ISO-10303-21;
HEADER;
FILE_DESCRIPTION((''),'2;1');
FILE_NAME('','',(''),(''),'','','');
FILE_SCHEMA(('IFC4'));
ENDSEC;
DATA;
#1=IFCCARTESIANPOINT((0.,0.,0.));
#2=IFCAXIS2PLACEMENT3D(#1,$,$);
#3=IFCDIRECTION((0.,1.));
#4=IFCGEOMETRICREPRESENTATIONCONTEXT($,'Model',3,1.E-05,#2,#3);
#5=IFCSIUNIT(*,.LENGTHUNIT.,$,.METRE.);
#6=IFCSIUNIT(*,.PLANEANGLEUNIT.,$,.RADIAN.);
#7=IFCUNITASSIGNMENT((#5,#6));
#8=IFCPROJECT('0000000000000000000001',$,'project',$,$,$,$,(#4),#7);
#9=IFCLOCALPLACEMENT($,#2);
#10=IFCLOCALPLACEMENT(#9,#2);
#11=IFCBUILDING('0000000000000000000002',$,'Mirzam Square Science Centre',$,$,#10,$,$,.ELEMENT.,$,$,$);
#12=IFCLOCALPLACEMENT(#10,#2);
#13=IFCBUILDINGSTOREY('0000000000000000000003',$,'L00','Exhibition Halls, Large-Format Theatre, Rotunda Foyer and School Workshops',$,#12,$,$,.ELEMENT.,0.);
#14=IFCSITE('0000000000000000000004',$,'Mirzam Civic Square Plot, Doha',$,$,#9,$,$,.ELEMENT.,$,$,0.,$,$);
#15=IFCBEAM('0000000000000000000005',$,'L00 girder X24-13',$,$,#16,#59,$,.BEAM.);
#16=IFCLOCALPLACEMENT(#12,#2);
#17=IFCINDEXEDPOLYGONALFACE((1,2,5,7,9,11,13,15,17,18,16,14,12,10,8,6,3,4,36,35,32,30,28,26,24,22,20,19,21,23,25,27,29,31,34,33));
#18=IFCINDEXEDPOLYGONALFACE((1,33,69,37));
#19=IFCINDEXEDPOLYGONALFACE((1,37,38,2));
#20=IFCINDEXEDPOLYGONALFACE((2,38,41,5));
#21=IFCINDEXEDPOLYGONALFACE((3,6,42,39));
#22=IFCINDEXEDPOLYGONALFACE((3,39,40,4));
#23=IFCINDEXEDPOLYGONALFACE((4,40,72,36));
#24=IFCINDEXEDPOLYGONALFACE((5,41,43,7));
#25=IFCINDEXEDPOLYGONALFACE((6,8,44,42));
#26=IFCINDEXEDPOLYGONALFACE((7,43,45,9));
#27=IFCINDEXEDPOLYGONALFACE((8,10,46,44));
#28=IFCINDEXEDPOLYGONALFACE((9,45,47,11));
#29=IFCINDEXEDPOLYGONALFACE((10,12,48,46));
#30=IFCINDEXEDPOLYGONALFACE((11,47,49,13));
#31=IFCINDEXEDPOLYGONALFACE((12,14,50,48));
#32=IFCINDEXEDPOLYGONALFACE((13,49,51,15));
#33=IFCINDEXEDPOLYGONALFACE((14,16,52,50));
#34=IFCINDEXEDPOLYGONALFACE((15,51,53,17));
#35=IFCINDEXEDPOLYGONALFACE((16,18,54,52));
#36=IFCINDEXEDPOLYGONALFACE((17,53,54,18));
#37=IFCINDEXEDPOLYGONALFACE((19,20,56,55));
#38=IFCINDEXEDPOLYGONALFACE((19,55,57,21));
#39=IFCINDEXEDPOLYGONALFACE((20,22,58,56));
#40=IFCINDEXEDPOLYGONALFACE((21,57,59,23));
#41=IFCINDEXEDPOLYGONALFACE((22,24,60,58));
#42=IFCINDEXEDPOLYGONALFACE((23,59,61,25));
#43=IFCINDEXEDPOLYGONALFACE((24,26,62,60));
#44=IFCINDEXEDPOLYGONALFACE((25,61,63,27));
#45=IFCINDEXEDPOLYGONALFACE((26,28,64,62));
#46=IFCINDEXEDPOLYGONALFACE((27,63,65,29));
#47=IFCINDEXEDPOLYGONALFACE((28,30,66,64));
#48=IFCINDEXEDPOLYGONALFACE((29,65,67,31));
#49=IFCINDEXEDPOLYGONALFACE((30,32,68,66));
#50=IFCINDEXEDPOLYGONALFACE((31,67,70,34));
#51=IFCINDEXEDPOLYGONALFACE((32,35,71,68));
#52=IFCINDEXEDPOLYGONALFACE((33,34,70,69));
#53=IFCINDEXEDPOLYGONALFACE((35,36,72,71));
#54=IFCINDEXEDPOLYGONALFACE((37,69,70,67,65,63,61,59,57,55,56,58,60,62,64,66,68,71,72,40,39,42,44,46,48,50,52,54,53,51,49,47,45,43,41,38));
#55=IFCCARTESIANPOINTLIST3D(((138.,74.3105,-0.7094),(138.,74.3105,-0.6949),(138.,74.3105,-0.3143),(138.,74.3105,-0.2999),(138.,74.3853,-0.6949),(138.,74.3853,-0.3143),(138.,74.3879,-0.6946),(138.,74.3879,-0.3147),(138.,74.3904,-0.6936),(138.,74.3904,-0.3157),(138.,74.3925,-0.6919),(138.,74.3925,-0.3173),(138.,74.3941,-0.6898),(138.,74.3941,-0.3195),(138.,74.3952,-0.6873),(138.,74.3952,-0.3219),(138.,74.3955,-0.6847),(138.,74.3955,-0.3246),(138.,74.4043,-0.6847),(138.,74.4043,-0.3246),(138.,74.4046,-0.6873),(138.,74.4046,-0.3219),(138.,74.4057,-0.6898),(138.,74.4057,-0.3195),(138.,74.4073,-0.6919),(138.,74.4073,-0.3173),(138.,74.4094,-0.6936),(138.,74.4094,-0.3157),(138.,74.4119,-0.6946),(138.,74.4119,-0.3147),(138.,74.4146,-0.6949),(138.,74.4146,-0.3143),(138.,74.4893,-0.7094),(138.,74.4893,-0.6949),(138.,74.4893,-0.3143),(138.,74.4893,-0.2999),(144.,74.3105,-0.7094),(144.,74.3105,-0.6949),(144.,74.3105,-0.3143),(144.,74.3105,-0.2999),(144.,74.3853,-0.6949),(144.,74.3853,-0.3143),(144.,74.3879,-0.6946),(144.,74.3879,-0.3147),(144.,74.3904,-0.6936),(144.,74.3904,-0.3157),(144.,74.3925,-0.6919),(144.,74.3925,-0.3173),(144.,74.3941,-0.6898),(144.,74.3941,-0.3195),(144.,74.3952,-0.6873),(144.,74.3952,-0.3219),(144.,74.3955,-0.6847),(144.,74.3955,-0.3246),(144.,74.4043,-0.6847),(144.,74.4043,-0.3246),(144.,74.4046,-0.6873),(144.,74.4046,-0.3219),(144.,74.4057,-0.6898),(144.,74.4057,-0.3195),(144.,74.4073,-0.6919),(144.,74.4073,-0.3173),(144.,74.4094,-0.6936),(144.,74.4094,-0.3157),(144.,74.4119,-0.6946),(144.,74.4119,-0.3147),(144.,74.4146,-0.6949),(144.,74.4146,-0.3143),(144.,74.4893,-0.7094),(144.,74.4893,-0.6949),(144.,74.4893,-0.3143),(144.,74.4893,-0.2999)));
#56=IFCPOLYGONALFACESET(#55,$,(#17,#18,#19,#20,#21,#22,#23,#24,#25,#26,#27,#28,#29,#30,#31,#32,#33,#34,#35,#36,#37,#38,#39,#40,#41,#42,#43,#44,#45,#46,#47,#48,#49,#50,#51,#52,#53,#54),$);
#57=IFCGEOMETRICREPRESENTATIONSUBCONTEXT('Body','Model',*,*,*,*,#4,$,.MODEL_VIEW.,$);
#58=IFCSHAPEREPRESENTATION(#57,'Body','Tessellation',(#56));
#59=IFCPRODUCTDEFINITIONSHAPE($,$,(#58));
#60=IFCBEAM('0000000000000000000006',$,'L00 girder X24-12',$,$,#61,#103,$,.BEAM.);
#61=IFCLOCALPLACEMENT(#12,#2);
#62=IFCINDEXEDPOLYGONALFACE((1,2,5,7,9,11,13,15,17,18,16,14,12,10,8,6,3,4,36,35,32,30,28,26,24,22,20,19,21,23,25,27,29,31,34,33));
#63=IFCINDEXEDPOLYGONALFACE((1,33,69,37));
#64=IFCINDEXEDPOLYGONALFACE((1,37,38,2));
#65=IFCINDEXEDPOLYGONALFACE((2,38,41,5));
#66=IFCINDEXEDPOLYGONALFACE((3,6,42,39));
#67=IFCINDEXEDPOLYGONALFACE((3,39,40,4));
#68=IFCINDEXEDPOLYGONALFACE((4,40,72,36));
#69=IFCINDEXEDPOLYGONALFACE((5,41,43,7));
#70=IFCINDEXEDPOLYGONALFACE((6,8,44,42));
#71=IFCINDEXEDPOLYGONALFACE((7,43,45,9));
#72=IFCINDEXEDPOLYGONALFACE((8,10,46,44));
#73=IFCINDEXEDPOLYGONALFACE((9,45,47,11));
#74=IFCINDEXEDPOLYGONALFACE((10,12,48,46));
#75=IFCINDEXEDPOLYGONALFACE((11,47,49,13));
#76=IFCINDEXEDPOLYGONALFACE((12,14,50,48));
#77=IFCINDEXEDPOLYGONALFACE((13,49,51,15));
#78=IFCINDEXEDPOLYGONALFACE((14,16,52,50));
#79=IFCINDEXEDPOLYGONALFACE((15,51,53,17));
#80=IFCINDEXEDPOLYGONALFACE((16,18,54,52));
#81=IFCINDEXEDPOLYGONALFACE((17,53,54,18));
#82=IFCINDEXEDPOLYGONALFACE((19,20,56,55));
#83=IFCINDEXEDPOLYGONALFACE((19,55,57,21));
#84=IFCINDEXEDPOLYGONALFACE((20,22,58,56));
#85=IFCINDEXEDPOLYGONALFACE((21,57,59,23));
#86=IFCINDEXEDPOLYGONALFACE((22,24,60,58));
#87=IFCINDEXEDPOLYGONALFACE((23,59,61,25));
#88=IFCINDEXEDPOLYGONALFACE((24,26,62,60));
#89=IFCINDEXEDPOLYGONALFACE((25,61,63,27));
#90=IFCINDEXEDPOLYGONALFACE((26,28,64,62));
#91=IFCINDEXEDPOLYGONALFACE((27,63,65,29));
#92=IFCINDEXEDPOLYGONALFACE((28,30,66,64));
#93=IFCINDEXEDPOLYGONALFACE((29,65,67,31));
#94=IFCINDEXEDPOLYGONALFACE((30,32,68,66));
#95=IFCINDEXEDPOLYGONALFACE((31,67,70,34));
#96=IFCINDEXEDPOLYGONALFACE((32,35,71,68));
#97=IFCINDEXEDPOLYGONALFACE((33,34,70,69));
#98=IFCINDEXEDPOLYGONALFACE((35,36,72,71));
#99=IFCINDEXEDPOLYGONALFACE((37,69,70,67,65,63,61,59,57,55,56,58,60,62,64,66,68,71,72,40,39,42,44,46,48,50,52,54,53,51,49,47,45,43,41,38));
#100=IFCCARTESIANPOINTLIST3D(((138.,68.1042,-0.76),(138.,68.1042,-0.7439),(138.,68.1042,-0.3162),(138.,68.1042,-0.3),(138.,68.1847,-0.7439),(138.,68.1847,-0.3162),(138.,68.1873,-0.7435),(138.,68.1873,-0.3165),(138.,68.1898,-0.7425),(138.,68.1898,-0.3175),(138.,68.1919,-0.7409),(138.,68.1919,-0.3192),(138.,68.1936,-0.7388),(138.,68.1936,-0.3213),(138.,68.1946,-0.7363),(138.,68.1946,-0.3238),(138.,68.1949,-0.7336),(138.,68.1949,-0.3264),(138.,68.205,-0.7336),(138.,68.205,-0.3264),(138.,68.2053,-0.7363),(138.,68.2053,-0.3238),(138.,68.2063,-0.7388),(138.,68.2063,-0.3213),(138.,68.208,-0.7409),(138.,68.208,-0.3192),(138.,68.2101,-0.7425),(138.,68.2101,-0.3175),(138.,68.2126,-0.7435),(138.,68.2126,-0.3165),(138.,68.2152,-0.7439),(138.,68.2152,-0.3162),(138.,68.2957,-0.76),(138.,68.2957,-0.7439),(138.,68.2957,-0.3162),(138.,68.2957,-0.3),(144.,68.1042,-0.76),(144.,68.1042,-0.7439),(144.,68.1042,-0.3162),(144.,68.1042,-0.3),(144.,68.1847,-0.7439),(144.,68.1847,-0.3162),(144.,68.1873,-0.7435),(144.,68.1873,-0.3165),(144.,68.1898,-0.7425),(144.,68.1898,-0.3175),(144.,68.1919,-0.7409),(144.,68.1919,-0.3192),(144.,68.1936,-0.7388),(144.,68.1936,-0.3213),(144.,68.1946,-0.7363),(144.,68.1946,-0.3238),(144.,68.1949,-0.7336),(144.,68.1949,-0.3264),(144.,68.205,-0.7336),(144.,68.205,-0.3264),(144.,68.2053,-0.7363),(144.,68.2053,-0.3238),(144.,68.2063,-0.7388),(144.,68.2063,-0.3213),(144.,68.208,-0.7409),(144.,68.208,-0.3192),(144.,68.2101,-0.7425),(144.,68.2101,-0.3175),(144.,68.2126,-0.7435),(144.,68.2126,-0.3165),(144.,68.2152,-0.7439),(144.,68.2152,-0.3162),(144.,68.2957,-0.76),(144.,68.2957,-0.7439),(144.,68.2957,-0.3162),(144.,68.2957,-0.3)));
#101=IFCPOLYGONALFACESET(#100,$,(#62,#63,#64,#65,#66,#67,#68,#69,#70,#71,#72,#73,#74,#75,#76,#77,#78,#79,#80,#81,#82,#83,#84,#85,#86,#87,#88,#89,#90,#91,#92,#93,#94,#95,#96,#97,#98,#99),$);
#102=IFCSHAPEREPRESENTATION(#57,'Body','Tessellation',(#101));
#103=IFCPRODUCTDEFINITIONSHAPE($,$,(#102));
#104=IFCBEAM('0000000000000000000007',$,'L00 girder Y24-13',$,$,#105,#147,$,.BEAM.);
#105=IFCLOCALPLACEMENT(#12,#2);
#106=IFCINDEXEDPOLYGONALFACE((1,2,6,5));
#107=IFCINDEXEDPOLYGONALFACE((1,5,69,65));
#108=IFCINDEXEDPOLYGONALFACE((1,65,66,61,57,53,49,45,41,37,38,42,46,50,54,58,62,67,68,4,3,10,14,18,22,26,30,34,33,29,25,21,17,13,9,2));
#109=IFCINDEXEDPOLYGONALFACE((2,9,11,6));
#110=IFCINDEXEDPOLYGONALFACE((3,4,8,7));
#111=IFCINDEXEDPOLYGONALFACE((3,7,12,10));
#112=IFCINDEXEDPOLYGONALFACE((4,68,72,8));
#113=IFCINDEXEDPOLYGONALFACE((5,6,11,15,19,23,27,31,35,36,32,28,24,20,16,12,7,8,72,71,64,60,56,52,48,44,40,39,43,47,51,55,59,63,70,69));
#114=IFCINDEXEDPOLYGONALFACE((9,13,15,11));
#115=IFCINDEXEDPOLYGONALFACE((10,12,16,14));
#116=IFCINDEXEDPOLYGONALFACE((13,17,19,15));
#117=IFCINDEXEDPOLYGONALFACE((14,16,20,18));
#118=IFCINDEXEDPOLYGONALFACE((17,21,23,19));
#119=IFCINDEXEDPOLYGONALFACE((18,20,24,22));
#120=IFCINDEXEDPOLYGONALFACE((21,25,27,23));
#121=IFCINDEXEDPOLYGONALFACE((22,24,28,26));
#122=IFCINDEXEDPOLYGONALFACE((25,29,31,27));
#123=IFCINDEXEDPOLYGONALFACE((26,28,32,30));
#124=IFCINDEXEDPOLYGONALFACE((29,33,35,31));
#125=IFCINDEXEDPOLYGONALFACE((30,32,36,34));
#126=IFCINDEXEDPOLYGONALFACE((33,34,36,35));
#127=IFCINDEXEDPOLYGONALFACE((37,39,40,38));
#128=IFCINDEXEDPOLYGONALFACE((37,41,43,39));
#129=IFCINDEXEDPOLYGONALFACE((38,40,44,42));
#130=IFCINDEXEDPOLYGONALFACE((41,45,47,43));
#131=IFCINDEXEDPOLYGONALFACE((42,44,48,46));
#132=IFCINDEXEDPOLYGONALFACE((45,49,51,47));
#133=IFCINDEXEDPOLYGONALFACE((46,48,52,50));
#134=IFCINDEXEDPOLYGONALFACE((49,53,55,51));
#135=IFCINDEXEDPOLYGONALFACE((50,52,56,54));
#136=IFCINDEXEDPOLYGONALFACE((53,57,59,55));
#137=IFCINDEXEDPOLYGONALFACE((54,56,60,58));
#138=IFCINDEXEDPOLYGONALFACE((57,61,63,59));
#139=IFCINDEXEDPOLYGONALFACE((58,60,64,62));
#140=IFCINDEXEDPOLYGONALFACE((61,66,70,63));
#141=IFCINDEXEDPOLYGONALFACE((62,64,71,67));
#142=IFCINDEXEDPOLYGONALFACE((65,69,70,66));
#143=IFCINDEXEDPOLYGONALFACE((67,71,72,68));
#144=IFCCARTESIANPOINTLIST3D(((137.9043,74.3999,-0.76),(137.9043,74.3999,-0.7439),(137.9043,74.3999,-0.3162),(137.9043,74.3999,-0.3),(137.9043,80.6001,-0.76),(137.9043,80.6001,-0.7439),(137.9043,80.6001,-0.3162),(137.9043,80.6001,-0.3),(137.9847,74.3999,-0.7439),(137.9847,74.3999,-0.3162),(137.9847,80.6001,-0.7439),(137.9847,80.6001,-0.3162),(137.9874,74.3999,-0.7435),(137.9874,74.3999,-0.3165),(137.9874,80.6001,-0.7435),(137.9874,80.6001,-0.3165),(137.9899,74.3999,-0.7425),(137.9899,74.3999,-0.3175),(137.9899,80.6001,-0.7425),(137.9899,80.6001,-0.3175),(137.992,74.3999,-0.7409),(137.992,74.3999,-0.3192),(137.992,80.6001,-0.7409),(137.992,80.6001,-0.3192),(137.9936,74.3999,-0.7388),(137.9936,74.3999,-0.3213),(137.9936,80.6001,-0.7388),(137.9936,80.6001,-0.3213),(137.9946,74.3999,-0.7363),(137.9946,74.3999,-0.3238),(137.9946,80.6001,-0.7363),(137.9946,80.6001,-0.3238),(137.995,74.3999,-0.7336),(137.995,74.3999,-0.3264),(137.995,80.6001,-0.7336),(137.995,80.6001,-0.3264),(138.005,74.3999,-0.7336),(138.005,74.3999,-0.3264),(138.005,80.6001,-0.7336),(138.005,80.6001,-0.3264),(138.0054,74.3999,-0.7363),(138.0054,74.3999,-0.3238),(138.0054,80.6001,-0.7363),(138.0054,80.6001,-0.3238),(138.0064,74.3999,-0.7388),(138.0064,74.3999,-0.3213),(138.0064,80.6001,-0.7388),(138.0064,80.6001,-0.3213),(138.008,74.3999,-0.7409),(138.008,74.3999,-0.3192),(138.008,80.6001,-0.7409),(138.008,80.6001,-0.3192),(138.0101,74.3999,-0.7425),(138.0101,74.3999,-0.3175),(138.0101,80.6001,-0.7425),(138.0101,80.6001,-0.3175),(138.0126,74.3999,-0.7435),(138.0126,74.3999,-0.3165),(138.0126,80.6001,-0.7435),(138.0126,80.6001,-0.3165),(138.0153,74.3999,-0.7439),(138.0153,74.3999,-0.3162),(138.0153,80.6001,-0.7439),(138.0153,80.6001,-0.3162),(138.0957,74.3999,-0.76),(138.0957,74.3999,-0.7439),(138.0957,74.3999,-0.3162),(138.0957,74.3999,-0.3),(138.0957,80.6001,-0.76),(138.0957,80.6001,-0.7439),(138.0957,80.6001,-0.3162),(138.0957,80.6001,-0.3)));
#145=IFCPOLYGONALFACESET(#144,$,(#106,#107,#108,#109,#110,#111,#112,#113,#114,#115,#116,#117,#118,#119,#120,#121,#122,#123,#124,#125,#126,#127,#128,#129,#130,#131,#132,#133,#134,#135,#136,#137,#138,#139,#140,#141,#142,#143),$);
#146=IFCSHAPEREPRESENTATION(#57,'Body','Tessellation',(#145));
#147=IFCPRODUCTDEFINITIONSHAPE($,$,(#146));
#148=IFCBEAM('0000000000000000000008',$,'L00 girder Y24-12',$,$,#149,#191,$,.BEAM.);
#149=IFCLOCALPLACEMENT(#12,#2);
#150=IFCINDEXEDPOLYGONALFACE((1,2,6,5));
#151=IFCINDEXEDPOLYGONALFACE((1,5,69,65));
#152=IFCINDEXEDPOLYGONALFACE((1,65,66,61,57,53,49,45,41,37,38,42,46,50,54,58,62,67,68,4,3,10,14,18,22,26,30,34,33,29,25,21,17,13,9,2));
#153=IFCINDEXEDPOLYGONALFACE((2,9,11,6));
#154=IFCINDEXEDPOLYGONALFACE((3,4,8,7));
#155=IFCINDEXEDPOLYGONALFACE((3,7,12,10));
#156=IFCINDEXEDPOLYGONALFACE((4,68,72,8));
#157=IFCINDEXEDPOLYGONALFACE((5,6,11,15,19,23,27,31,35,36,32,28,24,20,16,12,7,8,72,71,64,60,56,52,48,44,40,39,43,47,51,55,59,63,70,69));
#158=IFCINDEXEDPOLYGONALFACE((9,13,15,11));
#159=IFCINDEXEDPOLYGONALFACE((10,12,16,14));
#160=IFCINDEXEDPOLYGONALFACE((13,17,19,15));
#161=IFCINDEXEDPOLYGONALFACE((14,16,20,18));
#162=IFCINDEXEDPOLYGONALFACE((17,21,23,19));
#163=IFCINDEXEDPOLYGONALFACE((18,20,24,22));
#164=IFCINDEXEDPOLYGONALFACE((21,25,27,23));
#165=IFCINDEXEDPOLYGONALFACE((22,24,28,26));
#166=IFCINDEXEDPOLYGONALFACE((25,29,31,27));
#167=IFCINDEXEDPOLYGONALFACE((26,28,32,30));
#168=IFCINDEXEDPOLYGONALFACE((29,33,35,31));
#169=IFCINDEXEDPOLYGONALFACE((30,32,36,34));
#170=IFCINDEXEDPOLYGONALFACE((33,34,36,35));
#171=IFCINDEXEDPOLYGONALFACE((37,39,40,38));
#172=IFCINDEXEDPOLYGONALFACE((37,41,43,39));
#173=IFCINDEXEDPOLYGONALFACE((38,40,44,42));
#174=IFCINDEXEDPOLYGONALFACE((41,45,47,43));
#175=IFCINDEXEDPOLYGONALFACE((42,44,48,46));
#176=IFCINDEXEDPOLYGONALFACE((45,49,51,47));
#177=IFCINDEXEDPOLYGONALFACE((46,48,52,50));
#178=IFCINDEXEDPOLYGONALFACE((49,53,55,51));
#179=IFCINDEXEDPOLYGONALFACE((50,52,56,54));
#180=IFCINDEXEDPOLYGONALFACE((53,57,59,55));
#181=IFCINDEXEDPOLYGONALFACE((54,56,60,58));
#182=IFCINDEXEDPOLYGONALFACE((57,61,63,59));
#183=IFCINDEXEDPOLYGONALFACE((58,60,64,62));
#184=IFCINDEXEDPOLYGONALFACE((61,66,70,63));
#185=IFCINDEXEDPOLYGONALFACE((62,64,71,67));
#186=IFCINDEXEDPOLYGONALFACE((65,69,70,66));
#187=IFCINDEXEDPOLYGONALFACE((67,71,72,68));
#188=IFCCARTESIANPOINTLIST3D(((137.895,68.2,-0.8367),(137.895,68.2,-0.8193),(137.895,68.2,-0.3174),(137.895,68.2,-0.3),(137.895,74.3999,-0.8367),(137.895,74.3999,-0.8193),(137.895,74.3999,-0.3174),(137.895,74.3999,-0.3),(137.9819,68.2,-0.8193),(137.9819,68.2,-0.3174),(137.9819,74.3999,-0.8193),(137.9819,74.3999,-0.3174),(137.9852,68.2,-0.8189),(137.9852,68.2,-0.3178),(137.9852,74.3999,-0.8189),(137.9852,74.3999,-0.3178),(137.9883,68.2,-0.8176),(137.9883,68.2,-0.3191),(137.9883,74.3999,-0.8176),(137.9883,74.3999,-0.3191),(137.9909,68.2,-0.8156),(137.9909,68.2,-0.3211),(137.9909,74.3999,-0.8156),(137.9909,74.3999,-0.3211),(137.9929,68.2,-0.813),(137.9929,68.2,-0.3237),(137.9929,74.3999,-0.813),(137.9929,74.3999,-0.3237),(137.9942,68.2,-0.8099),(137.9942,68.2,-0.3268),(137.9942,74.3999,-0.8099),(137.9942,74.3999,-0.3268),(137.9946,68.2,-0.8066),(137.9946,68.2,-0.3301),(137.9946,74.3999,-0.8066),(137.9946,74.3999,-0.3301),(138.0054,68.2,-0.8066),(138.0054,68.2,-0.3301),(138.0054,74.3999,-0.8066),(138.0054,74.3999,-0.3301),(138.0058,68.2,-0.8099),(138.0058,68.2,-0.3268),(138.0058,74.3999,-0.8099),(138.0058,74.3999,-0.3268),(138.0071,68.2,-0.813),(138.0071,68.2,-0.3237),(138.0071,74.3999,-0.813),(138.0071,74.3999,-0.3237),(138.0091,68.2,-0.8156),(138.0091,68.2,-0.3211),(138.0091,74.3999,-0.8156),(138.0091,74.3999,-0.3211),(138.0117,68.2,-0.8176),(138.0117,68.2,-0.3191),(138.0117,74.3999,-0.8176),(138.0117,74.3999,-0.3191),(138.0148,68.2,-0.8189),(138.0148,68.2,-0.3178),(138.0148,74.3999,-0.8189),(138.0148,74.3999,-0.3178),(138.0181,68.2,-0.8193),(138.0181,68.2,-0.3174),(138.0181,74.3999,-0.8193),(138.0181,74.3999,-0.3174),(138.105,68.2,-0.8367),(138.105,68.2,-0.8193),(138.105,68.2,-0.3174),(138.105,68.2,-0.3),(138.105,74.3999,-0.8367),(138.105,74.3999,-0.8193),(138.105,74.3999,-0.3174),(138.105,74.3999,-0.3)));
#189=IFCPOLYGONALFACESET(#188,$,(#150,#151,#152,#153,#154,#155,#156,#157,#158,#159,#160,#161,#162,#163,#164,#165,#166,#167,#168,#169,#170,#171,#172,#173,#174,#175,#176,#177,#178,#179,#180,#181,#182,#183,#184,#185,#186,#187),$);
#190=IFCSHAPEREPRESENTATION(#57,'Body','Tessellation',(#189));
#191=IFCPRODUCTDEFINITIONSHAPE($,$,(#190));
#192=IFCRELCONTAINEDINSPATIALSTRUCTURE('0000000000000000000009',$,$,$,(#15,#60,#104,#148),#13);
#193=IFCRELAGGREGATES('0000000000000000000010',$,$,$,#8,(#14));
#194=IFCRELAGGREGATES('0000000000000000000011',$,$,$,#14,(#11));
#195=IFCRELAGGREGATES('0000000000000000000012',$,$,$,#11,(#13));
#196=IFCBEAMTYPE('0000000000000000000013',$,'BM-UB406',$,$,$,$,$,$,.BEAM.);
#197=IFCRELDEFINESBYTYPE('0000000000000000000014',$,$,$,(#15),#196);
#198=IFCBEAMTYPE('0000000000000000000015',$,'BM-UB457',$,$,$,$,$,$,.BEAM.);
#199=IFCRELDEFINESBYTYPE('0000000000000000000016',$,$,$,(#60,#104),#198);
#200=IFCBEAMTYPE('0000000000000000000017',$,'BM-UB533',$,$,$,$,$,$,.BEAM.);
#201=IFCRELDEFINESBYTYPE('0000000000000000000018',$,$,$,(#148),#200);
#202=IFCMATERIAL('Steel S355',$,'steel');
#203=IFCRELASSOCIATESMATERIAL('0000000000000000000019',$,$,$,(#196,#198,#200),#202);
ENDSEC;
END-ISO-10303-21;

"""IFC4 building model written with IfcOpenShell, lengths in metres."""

from ifc_helpers import new_model, si_unit, direction, frame, origin, origin_2d, place, context, subcontext, project, spatial, i_section, extrude, material, material_profile, profile_set, type_object, element, save


model = new_model("IFC4")

# Units and contexts
model_context = context("Model", 3, precision=1e-05, world=origin(), true_north=direction((0.0, 1.0)))
body_context = subcontext(model_context, "Body", "Model", "MODEL_VIEW")
ifc_project = project(units=[si_unit("LENGTHUNIT", "METRE"), si_unit("PLANEANGLEUNIT", "RADIAN")], contexts=[model_context])

# Site, building, storey
site_placement = place(None, origin())
site = spatial("IfcSite", under=ifc_project, at=site_placement, Name="Mirzam Civic Square Plot, Doha", CompositionType="ELEMENT", RefElevation=0.0)
building_placement = place(site_placement, origin())
building = spatial("IfcBuilding", under=site, at=building_placement, Name="Mirzam Square Science Centre", CompositionType="ELEMENT")
storey_placement = place(building_placement, origin())
storey = spatial("IfcBuildingStorey", under=building, at=storey_placement, Name="L00", Description="Exhibition Halls, Large-Format Theatre, Rotunda Foyer and School Workshops", CompositionType="ELEMENT", Elevation=0.0)

# Shared definitions
ifc_material_1 = material(Name="Steel S355", Category="steel")

# Beams
ifc_material_profile_1 = material_profile(ifc_material_1, i_section(OverallWidth=0.1787, OverallDepth=0.4094, WebThickness=0.0088, FlangeThickness=0.0144, FilletRadius=0.0103, at=origin_2d()), Name="406x178x67UB")
ifc_profile_set_1 = profile_set([ifc_material_profile_1], Name="Steel S355")
beam_type_1 = type_object("IfcBeamType", Name="BM-UB406", PredefinedType="BEAM", material=ifc_profile_set_1)
beam_1_placement = place(storey_placement, frame((138.0, 74.3999, -0.5046), z_axis=(1.0, 0.0, 0.0), x_axis=(0.0, 1.0, 0.0)))
element("IfcBeam", 1, at=beam_1_placement, inside=storey, type_object=beam_type_1, Name="L00 girder X24-13", PredefinedType="BEAM", context=body_context, shape_type="SweptSolid", body=[
    extrude(i_section(OverallWidth=0.1787, OverallDepth=0.4094, WebThickness=0.0088, FlangeThickness=0.0144, FilletRadius=0.0103, at=origin_2d()), origin(), (0.0, 0.0, 1.0), 6.0),
])
ifc_material_profile_2 = material_profile(ifc_material_1, i_section(OverallWidth=0.1914, OverallDepth=0.46, WebThickness=0.01, FlangeThickness=0.0161, FilletRadius=0.0103, at=origin_2d()), Name="457x191x82UB")
ifc_profile_set_2 = profile_set([ifc_material_profile_2], Name="Steel S355")
beam_type_2 = type_object("IfcBeamType", Name="BM-UB457", PredefinedType="BEAM", material=ifc_profile_set_2)
beam_2_placement = place(storey_placement, frame((138.0, 68.2, -0.53), z_axis=(1.0, 0.0, 0.0), x_axis=(0.0, 1.0, 0.0)))
element("IfcBeam", 2, at=beam_2_placement, inside=storey, type_object=beam_type_2, Name="L00 girder X24-12", PredefinedType="BEAM", context=body_context, shape_type="SweptSolid", body=[
    extrude(i_section(OverallWidth=0.1914, OverallDepth=0.46, WebThickness=0.01, FlangeThickness=0.0161, FilletRadius=0.0103, at=origin_2d()), origin(), (0.0, 0.0, 1.0), 6.0),
])
beam_3_placement = place(storey_placement, frame((138.0, 74.3999, -0.53), z_axis=(0.0, 1.0, 0.0), x_axis=(-1.0, 0.0, 0.0)))
element("IfcBeam", 3, at=beam_3_placement, inside=storey, type_object=beam_type_2, Name="L00 girder Y24-13", PredefinedType="BEAM", context=body_context, shape_type="SweptSolid", body=[
    extrude(i_section(OverallWidth=0.1914, OverallDepth=0.46, WebThickness=0.01, FlangeThickness=0.0161, FilletRadius=0.0103, at=origin_2d()), origin(), (0.0, 0.0, 1.0), 6.2002),
])
ifc_material_profile_3 = material_profile(ifc_material_1, i_section(OverallWidth=0.21, OverallDepth=0.5366, WebThickness=0.0107, FlangeThickness=0.0173, FilletRadius=0.0127, at=origin_2d()), Name="533x210x101UB")
ifc_profile_set_3 = profile_set([ifc_material_profile_3], Name="Steel S355")
beam_type_3 = type_object("IfcBeamType", Name="BM-UB533", PredefinedType="BEAM", material=ifc_profile_set_3)
beam_4_placement = place(storey_placement, frame((138.0, 68.2, -0.5684), z_axis=(0.0, 1.0, 0.0), x_axis=(-1.0, 0.0, 0.0)))
element("IfcBeam", 4, at=beam_4_placement, inside=storey, type_object=beam_type_3, Name="L00 girder Y24-12", PredefinedType="BEAM", context=body_context, shape_type="SweptSolid", body=[
    extrude(i_section(OverallWidth=0.21, OverallDepth=0.5366, WebThickness=0.0107, FlangeThickness=0.0173, FilletRadius=0.0127, at=origin_2d()), origin(), (0.0, 0.0, 1.0), 6.2),
])

save(model, "model.ifc")
